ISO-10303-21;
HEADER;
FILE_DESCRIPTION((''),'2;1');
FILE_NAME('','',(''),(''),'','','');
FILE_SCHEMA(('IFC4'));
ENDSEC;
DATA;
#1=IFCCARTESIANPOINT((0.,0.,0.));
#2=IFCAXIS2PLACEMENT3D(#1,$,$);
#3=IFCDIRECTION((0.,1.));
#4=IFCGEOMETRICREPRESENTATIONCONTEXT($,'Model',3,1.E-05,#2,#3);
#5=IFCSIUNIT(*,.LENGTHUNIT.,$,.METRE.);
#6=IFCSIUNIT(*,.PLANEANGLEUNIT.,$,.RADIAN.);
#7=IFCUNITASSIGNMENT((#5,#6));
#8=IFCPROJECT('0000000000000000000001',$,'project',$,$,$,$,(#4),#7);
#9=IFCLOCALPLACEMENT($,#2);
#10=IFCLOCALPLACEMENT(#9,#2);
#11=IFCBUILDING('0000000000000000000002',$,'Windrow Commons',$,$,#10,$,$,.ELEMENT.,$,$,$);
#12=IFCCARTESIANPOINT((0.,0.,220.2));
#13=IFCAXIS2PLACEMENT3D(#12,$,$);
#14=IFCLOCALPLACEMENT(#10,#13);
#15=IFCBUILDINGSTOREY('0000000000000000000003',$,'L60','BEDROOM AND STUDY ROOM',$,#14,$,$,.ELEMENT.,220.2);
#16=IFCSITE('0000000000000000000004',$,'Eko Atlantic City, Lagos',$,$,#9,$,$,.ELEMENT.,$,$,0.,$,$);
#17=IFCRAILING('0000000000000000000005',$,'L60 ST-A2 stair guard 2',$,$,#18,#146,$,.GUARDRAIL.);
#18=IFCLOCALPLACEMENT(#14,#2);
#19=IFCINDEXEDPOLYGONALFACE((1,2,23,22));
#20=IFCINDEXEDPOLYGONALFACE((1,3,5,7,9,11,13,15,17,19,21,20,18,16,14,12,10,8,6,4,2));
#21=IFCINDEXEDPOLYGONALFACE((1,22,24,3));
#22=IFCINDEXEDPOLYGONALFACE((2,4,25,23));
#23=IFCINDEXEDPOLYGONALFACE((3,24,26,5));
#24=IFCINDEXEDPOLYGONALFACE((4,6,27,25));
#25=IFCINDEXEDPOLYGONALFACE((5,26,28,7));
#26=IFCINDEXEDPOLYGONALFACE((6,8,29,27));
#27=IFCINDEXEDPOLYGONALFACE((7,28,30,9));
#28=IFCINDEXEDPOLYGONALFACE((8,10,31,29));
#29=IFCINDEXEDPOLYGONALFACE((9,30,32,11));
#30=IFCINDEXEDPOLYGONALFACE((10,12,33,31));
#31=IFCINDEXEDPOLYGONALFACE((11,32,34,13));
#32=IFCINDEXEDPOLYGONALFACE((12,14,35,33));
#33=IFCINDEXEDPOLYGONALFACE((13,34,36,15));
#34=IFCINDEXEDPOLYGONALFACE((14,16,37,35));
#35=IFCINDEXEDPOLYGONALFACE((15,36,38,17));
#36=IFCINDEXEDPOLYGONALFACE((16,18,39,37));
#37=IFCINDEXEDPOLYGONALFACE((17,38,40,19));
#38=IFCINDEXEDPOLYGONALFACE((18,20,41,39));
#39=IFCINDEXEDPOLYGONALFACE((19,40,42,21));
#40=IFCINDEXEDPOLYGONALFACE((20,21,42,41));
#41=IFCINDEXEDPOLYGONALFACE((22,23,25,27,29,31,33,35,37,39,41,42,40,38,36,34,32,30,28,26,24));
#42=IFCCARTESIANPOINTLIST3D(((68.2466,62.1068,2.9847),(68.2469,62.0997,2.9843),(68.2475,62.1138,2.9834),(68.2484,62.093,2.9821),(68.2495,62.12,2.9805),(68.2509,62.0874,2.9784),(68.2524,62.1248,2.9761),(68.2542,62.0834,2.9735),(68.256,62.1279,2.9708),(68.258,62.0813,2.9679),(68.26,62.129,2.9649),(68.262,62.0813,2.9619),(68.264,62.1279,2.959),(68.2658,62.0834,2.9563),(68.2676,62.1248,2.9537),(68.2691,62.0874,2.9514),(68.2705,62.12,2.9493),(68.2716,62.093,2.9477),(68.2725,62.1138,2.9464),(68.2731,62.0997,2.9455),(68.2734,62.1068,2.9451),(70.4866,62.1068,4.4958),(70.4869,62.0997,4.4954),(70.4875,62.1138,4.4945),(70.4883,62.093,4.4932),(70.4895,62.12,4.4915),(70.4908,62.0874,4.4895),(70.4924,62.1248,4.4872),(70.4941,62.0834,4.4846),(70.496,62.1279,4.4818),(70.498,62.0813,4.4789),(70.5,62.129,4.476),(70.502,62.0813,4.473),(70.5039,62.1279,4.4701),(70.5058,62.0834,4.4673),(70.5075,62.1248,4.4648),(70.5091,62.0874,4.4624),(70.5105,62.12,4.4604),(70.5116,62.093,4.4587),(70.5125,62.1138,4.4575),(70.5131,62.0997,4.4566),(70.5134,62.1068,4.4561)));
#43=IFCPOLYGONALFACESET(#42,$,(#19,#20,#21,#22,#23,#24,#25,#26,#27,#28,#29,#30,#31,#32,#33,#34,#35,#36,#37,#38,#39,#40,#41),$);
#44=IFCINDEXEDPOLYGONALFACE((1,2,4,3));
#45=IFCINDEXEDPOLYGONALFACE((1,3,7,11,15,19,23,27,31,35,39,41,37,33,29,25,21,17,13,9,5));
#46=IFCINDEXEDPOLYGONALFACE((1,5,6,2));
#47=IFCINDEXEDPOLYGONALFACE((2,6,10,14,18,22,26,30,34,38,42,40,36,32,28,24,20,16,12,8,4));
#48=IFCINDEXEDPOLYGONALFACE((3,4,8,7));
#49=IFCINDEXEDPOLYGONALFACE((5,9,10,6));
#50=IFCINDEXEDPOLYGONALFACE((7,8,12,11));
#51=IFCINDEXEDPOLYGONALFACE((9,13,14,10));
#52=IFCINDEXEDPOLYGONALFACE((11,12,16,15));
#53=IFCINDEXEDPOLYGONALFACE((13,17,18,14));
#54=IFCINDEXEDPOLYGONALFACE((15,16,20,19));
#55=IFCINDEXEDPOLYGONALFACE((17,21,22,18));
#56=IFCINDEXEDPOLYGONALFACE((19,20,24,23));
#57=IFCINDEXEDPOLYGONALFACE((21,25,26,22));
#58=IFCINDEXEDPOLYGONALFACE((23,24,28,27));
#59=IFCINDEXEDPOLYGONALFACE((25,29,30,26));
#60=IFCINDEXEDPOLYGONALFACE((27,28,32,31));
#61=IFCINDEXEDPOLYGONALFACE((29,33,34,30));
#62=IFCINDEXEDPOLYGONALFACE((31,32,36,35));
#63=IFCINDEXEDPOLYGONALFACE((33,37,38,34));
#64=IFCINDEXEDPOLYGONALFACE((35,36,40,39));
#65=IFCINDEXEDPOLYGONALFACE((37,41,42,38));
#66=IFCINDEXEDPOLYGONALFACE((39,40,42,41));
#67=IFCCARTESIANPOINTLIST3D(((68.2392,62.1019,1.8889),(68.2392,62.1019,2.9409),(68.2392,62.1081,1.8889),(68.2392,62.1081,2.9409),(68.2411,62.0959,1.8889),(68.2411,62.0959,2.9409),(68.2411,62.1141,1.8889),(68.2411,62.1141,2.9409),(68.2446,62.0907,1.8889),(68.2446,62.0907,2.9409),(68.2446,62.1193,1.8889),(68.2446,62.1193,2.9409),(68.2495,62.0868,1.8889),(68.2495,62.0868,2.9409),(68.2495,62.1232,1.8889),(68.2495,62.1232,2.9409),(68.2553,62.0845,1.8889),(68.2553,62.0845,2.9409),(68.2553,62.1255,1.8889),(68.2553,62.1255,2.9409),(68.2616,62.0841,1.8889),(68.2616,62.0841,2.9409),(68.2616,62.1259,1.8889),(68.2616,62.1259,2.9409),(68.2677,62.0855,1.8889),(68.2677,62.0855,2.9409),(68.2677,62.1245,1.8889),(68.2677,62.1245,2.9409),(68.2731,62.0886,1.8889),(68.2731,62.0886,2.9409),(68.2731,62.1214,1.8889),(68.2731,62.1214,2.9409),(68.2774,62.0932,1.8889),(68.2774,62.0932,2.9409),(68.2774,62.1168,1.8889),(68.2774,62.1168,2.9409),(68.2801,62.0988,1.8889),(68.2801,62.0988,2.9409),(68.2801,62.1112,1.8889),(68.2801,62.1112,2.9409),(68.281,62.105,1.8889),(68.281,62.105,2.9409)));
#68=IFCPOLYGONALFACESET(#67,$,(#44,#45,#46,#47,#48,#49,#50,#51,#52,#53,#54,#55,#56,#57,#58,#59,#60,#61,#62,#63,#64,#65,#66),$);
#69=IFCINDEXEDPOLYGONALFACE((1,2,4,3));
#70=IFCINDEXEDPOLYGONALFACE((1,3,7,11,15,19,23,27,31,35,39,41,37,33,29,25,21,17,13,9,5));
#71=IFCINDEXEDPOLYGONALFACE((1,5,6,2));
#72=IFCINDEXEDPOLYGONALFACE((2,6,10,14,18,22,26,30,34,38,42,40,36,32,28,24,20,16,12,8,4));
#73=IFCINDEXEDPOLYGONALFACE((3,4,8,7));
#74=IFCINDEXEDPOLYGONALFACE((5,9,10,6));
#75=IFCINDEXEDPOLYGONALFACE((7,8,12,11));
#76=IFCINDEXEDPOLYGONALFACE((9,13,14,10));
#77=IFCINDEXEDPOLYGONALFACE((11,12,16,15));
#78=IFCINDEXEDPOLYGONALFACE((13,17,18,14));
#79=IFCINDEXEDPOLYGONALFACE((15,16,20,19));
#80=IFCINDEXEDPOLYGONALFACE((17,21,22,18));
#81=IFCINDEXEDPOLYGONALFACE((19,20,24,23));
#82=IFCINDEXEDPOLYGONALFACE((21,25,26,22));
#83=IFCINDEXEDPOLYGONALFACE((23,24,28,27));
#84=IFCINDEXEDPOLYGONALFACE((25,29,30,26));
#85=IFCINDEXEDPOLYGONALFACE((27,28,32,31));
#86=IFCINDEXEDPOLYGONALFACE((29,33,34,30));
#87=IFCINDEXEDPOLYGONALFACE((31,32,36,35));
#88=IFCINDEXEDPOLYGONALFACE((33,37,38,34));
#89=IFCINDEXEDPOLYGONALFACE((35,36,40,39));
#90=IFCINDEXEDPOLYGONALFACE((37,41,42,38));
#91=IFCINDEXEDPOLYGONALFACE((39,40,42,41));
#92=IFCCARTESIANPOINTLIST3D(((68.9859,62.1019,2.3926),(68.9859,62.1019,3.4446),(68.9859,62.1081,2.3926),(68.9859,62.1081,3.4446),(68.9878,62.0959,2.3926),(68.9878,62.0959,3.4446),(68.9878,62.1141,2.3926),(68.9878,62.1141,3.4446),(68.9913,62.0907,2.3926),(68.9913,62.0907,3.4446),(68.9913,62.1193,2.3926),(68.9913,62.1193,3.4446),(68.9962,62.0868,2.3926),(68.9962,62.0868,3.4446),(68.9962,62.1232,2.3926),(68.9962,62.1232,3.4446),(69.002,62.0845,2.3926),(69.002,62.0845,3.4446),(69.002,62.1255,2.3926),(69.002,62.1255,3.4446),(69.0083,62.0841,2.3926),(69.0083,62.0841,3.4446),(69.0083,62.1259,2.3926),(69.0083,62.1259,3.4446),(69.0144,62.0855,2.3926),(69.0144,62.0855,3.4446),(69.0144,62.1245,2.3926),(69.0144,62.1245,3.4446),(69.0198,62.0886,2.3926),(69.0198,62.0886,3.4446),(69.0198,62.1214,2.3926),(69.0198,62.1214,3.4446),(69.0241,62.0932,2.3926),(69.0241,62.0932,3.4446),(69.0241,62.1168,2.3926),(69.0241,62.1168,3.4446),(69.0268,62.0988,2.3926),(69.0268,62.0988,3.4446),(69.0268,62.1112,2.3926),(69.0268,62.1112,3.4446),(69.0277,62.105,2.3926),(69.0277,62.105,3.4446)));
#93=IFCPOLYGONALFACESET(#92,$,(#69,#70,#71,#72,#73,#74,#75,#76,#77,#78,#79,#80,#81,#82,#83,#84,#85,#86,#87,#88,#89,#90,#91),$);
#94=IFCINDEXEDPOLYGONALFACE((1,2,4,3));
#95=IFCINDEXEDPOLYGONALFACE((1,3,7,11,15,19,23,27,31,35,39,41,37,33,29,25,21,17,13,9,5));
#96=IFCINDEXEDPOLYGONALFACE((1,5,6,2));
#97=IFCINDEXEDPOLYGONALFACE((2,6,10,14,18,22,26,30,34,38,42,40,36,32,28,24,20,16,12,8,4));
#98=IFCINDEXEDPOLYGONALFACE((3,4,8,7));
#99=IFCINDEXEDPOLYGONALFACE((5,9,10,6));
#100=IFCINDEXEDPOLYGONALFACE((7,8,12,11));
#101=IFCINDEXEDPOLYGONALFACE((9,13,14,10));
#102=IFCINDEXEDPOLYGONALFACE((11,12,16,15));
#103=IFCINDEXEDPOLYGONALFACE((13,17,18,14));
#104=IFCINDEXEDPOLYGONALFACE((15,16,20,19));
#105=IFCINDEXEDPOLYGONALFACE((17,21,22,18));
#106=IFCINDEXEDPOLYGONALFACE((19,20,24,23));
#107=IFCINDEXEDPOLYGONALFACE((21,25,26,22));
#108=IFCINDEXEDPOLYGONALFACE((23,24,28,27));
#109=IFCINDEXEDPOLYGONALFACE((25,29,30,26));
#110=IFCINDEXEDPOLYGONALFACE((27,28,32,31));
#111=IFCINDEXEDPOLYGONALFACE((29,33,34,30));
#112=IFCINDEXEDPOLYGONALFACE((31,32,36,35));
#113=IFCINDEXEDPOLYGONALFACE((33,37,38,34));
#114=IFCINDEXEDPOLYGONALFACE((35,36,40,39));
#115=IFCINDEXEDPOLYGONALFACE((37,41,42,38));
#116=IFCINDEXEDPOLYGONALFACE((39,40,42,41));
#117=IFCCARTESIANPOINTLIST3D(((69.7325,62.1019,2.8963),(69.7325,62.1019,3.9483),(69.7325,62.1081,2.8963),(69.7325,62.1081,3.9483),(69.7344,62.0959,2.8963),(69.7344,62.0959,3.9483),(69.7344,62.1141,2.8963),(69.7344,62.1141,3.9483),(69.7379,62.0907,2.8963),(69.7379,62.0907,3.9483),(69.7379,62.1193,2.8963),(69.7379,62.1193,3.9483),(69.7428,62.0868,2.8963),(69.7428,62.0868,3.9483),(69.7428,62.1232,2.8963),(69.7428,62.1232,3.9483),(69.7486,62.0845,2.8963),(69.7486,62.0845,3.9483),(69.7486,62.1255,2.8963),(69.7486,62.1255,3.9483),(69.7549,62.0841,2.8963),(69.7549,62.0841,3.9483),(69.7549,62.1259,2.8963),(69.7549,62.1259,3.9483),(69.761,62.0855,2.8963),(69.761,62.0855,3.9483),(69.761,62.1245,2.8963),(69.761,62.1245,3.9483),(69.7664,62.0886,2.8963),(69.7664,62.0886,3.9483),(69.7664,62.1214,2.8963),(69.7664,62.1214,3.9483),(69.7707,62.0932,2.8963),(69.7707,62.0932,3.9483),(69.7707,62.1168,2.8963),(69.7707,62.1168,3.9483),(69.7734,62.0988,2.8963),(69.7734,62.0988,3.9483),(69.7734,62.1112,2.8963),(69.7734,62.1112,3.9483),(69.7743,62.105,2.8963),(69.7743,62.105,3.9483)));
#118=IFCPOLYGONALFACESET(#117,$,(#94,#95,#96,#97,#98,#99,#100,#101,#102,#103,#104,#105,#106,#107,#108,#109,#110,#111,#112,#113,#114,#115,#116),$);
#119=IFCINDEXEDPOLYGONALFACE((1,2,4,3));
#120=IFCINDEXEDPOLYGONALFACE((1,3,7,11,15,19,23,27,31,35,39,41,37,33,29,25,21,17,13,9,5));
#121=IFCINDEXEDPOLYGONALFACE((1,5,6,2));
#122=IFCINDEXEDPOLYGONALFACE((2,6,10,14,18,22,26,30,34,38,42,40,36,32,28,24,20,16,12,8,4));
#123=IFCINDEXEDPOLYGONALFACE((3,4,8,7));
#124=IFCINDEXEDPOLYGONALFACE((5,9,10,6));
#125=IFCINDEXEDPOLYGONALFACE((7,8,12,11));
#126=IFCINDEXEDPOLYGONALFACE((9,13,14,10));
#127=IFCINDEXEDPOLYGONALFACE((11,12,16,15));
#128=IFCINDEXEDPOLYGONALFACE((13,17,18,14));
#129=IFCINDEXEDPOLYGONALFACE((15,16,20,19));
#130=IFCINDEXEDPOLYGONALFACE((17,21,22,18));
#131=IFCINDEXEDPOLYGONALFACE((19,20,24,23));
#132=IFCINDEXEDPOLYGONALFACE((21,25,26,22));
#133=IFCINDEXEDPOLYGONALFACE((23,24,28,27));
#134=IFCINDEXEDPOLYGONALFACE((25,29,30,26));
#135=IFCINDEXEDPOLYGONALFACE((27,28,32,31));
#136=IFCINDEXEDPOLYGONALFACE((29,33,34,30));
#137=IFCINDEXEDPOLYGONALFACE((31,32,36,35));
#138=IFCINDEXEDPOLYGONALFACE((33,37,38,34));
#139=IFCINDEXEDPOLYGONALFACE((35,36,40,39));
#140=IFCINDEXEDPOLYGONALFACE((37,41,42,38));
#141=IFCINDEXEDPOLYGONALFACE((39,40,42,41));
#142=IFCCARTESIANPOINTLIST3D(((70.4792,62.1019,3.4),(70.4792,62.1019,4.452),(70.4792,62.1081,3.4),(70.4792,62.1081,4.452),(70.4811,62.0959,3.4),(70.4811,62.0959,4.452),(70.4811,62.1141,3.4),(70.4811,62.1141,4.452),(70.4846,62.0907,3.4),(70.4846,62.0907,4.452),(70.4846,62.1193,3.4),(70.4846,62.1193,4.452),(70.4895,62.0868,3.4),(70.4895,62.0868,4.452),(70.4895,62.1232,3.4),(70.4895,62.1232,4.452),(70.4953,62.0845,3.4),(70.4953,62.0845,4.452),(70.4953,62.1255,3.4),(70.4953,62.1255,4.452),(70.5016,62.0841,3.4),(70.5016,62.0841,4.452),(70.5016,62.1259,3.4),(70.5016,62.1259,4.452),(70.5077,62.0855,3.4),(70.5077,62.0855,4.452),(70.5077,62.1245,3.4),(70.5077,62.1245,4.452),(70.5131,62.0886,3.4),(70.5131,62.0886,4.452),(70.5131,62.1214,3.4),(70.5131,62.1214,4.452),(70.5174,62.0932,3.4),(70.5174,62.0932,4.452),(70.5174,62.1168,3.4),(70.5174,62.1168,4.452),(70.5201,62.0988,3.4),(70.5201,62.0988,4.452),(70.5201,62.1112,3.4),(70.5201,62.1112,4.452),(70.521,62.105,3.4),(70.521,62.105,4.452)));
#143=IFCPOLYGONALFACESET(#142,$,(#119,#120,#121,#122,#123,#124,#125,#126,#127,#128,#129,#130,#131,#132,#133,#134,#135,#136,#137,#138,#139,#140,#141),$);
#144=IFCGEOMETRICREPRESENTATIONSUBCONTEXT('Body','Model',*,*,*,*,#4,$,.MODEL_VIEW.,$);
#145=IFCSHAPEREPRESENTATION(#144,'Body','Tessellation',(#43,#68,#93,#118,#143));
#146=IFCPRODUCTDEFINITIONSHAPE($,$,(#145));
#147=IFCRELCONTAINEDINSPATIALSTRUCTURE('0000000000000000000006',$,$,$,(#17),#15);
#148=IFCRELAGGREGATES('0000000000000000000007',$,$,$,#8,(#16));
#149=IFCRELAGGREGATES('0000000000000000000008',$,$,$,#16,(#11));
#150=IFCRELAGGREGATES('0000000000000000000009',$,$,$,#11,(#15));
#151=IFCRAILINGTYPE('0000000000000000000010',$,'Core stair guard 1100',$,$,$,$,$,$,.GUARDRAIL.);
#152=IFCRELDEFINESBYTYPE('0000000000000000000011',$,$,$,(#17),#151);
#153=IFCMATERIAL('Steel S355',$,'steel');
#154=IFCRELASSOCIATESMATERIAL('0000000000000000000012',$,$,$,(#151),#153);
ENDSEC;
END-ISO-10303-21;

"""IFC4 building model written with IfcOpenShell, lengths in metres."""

from ifc_helpers import new_model, si_unit, direction, frame, origin, origin_2d, place, context, subcontext, project, spatial, circle, extrude, material, type_object, element, save


model = new_model("IFC4")

# Units and contexts
model_context = context("Model", 3, precision=1e-05, world=origin(), true_north=direction((0.0, 1.0)))
body_context = subcontext(model_context, "Body", "Model", "MODEL_VIEW")
ifc_project = project(units=[si_unit("LENGTHUNIT", "METRE"), si_unit("PLANEANGLEUNIT", "RADIAN")], contexts=[model_context])

# Site, building, storey
site_placement = place(None, origin())
site = spatial("IfcSite", under=ifc_project, at=site_placement, Name="Eko Atlantic City, Lagos", CompositionType="ELEMENT", RefElevation=0.0)
building_placement = place(site_placement, origin())
building = spatial("IfcBuilding", under=site, at=building_placement, Name="Windrow Commons", CompositionType="ELEMENT")
storey_placement = place(building_placement, frame((0.0, 0.0, 220.2)))
storey = spatial("IfcBuildingStorey", under=building, at=storey_placement, Name="L60", Description="BEDROOM AND STUDY ROOM", CompositionType="ELEMENT", Elevation=220.2)

# Railing
ifc_material_1 = material(Name="Steel S355", Category="steel")
railing_type_1 = type_object("IfcRailingType", Name="Core stair guard 1100", PredefinedType="GUARDRAIL", material=ifc_material_1)
railing_1_placement = place(storey_placement, frame((68.26, 62.105, 1.8889)))
element("IfcRailing", 1, at=railing_1_placement, inside=storey, type_object=railing_type_1, Name="L60 ST-A2 stair guard 2", PredefinedType="GUARDRAIL", context=body_context, shape_type="SweptSolid", body=[
    extrude(circle(Radius=0.024, at=origin_2d()), frame((0.0, 0.0, 1.076), z_axis=(0.829003, 0.0, 0.559244), x_axis=(0.0, 1.0, 0.0)), (0.0, 0.0, 1.0), 2.702),
    extrude(circle(Radius=0.021, at=origin_2d()), origin(), (0.0, 0.0, 1.0), 1.052),
    extrude(circle(Radius=0.021, at=origin_2d()), frame((0.7467, 0.0, 0.5037)), (0.0, 0.0, 1.0), 1.052),
    extrude(circle(Radius=0.021, at=origin_2d()), frame((1.4933, 0.0, 1.0074)), (0.0, 0.0, 1.0), 1.052),
    extrude(circle(Radius=0.021, at=origin_2d()), frame((2.24, 0.0, 1.5111)), (0.0, 0.0, 1.0), 1.052),
])

save(model, "model.ifc")
